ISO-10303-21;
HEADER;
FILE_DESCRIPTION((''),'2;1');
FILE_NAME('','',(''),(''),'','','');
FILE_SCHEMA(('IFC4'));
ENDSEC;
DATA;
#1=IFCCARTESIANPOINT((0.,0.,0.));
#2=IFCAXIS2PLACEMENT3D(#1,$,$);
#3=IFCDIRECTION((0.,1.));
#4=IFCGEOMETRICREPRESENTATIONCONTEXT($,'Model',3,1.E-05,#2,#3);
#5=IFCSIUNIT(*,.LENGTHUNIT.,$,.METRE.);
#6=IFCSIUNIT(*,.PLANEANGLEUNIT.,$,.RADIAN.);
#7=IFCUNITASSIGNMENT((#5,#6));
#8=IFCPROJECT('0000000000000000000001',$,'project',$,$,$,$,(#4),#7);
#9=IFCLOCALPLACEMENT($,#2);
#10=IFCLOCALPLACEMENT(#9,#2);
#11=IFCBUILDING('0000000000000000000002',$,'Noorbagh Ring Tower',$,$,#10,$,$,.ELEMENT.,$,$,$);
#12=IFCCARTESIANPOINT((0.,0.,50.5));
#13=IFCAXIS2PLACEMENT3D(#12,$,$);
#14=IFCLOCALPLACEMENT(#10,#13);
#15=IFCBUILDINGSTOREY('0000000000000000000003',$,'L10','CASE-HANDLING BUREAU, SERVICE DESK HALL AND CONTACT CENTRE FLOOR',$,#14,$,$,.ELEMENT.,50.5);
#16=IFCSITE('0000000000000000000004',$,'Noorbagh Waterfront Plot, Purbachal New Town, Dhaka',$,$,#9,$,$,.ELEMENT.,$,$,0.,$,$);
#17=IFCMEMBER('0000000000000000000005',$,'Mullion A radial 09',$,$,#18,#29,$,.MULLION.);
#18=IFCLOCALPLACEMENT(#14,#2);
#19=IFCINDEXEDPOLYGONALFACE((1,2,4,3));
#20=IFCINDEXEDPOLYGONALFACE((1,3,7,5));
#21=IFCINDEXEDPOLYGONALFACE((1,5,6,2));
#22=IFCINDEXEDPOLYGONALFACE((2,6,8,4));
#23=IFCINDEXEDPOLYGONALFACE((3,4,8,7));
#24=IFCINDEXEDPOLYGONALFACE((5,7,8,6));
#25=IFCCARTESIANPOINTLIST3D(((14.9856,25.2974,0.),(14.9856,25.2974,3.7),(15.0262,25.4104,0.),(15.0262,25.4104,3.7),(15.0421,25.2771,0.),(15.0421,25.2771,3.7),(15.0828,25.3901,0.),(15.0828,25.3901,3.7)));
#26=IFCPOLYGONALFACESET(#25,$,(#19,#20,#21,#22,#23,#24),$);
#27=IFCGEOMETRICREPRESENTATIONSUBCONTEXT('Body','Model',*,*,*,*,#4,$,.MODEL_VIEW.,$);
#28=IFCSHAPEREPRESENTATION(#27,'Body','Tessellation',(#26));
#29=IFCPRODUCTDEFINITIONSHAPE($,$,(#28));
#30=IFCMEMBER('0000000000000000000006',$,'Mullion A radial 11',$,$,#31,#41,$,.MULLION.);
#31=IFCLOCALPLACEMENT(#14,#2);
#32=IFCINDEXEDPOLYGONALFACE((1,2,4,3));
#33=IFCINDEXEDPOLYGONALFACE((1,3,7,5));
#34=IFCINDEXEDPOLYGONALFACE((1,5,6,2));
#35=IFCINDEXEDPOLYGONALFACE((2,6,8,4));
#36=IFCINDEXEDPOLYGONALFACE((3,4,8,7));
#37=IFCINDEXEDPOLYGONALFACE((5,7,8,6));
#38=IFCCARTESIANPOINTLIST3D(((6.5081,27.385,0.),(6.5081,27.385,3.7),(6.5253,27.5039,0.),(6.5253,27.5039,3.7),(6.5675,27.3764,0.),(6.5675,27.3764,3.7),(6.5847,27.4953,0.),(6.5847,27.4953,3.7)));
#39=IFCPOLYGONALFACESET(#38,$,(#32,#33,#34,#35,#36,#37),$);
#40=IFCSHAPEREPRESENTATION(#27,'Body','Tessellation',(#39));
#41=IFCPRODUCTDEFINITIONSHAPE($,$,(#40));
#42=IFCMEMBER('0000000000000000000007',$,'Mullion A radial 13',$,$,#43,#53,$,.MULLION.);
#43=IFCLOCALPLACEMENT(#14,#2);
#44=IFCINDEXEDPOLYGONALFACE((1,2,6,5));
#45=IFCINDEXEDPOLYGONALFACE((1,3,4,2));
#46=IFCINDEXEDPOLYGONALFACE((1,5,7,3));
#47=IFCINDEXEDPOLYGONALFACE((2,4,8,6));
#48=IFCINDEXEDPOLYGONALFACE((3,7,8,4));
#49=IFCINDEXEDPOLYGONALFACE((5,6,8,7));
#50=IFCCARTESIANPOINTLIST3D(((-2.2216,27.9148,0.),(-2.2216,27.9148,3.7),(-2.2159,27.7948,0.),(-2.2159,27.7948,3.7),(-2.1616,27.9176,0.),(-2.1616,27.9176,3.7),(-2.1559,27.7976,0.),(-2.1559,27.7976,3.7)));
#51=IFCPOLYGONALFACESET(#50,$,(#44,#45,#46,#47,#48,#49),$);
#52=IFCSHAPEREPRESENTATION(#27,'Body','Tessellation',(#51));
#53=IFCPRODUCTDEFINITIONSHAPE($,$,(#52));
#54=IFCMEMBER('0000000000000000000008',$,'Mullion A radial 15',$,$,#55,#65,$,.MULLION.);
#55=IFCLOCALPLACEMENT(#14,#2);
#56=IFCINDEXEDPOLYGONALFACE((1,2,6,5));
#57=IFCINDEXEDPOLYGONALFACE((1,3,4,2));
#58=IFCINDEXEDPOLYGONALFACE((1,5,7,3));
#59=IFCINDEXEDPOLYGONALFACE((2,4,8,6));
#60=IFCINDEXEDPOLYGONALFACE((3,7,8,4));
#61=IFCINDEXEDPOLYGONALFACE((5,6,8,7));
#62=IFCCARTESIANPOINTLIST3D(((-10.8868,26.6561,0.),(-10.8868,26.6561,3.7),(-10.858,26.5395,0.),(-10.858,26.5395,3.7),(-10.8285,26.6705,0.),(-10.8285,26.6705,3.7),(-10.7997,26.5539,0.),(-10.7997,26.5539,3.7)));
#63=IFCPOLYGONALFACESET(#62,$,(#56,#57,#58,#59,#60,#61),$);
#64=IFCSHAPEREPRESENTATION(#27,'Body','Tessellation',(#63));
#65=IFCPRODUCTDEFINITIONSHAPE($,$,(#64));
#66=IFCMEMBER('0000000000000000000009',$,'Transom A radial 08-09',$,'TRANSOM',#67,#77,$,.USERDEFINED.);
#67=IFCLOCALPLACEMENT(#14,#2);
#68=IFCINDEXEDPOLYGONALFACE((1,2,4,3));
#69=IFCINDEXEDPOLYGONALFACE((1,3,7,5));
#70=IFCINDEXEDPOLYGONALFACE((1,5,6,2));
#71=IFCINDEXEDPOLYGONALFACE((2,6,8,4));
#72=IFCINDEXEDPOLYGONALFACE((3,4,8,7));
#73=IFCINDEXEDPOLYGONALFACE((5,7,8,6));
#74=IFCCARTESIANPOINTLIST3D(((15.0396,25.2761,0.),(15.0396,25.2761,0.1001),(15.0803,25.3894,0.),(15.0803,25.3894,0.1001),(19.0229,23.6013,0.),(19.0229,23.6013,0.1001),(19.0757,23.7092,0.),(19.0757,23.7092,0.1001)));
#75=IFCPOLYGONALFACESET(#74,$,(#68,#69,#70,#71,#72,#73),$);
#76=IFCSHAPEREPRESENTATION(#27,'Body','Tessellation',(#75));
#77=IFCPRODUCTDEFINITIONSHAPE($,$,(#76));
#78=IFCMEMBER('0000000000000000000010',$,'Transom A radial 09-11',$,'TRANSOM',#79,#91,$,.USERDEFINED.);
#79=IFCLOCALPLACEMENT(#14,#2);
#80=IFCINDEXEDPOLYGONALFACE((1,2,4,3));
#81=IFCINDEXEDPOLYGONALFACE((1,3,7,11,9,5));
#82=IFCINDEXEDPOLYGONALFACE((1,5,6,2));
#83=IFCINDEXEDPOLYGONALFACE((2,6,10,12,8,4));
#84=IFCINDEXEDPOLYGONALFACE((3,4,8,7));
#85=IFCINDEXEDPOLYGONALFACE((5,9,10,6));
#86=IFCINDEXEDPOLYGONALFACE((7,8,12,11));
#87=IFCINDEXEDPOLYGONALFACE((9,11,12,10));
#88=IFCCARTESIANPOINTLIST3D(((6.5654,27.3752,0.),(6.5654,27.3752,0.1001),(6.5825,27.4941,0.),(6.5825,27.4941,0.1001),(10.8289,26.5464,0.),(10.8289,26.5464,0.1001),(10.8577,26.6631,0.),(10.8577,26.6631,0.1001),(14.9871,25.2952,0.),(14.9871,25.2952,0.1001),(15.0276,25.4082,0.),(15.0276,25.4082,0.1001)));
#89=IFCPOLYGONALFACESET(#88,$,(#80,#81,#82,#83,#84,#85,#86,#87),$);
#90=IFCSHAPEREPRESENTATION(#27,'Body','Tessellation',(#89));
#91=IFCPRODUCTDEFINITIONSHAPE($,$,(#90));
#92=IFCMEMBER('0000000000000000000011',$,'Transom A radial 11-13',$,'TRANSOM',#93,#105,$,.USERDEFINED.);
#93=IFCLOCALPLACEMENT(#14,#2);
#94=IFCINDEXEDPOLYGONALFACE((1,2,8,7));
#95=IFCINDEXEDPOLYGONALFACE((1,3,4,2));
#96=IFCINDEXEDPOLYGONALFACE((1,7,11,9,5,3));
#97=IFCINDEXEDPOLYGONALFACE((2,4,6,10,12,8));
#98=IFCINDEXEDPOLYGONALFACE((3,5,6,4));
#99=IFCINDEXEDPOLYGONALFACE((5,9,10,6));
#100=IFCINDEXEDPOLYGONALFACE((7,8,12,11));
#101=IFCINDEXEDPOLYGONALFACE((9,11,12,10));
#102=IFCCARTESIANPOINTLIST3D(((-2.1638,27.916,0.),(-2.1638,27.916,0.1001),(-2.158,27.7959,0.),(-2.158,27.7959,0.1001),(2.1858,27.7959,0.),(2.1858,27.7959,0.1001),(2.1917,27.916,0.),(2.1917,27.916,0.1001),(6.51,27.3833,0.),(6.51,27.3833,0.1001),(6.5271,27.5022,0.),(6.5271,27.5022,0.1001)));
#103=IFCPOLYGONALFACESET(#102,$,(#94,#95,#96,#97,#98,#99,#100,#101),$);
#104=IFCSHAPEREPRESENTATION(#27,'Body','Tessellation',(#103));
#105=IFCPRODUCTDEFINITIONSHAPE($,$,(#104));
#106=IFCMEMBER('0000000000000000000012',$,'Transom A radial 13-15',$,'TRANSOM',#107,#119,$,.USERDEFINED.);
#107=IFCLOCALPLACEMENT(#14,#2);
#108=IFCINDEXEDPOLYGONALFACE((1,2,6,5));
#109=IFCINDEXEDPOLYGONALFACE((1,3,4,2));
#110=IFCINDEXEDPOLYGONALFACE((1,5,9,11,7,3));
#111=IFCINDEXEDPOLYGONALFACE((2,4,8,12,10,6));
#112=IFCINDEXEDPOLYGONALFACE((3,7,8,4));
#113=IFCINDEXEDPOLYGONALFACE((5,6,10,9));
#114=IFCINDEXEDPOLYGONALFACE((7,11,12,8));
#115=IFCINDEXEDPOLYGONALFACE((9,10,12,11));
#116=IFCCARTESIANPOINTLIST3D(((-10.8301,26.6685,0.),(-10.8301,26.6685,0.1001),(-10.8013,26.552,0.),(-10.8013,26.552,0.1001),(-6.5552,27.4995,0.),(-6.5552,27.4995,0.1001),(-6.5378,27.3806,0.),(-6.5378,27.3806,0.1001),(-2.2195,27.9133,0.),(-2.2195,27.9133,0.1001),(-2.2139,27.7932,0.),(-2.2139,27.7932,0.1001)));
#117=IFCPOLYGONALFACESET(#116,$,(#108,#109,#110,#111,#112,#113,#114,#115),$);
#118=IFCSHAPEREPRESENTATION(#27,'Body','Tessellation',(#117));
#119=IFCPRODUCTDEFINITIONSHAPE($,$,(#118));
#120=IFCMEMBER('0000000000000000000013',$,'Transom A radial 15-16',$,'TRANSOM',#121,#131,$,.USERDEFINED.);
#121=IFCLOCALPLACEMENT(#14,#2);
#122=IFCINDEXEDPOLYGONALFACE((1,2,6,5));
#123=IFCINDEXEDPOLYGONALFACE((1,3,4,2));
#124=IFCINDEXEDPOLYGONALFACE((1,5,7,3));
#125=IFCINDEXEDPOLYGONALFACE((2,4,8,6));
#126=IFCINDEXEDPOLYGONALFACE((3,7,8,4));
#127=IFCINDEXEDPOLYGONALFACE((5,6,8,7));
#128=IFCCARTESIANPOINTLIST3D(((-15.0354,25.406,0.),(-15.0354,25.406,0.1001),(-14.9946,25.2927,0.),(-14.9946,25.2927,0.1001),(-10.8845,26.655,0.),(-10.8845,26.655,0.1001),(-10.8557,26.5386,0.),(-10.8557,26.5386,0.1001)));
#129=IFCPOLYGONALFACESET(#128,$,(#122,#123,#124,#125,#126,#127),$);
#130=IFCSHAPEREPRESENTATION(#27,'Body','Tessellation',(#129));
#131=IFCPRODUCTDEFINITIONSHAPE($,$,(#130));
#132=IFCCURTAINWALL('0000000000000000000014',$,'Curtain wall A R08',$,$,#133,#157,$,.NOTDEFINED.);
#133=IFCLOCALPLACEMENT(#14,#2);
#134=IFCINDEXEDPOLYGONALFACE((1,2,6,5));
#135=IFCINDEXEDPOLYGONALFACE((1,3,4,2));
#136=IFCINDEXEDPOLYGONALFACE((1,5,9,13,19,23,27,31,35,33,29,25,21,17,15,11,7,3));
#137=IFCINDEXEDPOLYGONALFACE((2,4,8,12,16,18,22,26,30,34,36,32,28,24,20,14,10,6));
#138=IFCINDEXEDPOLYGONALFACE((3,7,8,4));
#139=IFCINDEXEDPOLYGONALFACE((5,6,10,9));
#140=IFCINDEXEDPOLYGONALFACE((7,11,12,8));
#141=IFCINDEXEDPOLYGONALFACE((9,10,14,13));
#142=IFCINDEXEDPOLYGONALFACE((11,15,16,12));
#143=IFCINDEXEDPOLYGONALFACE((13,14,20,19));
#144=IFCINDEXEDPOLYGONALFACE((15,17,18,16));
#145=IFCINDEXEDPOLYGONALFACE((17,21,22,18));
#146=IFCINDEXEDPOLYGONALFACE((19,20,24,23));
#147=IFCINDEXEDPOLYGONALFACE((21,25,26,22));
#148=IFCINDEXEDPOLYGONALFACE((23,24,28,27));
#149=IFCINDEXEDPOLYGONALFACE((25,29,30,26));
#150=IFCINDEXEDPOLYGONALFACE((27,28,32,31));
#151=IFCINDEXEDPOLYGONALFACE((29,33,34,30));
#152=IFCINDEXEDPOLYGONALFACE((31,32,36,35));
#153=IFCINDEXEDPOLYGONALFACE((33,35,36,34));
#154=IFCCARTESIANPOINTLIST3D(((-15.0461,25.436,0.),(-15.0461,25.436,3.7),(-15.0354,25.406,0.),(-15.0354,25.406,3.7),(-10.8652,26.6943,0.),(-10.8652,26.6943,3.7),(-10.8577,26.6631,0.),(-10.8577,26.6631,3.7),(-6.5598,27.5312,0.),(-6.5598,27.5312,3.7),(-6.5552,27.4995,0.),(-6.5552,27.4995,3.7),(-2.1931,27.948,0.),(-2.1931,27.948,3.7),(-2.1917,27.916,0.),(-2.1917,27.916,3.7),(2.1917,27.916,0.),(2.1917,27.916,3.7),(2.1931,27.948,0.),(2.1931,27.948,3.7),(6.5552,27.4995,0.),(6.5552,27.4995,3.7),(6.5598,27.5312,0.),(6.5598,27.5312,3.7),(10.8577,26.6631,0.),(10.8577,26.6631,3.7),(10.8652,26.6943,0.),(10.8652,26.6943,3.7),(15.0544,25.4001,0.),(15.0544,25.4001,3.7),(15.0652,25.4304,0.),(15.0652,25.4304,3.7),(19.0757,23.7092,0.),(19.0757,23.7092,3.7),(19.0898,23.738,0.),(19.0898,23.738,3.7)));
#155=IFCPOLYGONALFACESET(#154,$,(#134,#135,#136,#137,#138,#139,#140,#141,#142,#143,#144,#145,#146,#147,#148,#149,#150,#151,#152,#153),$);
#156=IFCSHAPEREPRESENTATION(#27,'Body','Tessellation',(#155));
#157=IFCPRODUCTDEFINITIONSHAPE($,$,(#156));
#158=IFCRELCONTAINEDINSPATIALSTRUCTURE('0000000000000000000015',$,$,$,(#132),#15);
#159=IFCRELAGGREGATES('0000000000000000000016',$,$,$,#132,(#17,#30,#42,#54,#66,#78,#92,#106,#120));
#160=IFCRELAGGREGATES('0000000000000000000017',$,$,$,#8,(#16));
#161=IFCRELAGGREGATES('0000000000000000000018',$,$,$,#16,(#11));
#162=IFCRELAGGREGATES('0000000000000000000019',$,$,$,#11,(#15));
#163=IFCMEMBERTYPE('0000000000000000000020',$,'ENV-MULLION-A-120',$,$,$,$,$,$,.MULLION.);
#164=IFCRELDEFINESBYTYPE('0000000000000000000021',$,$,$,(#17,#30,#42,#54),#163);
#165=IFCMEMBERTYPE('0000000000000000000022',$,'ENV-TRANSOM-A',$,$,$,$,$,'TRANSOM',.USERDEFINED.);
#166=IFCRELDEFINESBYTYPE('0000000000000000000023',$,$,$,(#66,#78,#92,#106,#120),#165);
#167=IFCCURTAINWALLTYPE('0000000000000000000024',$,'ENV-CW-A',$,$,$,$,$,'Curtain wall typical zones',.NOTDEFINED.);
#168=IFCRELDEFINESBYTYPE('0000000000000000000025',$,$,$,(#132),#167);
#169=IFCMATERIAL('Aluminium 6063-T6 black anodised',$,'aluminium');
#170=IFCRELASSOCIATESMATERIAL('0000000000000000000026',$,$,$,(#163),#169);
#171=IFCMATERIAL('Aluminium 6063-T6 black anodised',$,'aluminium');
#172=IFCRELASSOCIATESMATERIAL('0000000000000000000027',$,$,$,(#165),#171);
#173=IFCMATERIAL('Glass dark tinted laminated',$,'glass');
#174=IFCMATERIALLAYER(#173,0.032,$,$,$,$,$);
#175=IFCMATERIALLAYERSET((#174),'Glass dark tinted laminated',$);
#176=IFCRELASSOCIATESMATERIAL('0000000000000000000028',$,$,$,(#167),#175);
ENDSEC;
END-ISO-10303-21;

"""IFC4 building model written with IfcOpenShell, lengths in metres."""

from ifc_helpers import new_model, si_unit, direction, frame, origin, origin_2d, place, context, subcontext, project, spatial, polyline, rectangle, outline, extrude, material, layer, layer_set, material_profile, profile_set, type_object, element, aggregate, save


model = new_model("IFC4")

# Units and contexts
model_context = context("Model", 3, precision=1e-05, world=origin(), true_north=direction((0.0, 1.0)))
body_context = subcontext(model_context, "Body", "Model", "MODEL_VIEW")
ifc_project = project(units=[si_unit("LENGTHUNIT", "METRE"), si_unit("PLANEANGLEUNIT", "RADIAN")], contexts=[model_context])

# Members
ifc_material_1 = material(Name="Aluminium 6063-T6 black anodised", Category="aluminium")
ifc_material_profile = material_profile(ifc_material_1, rectangle(XDim=0.1201, YDim=0.0601, at=origin_2d()), Name="120x60")
ifc_profile_set = profile_set([ifc_material_profile], Name="Aluminium 6063-T6 black anodised")
member_type_1 = type_object("IfcMemberType", Name="ENV-MULLION-A-120", PredefinedType="MULLION", material=ifc_profile_set)
site_placement = place(None, origin())
building_placement = place(site_placement, origin())
storey_placement = place(building_placement, frame((0.0, 0.0, 50.5)))
member_1_placement = place(storey_placement, frame((15.0342, 25.3438, 0.0), z_axis=(0.0, 0.0, 1.0), x_axis=(-0.338379, -0.94101, 0.0)))
member_1 = element("IfcMember", 1, at=member_1_placement, type_object=member_type_1, Name="Mullion A radial 09", PredefinedType="MULLION", context=body_context, shape_type="SweptSolid", body=[
    extrude(rectangle(XDim=0.1201, YDim=0.0601, at=origin_2d()), origin(), (0.0, 0.0, 1.0), 3.7),
])
member_2_placement = place(storey_placement, frame((6.5464, 27.4402, 0.0), z_axis=(0.0, 0.0, 1.0), x_axis=(-0.143082, -0.989711, 0.0)))
member_2 = element("IfcMember", 2, at=member_2_placement, type_object=member_type_1, Name="Mullion A radial 11", PredefinedType="MULLION", context=body_context, shape_type="SweptSolid", body=[
    extrude(rectangle(XDim=0.1201, YDim=0.0601, at=origin_2d()), origin(), (0.0, 0.0, 1.0), 3.7),
])
member_3_placement = place(storey_placement, frame((-2.1887, 27.8562, 0.0), z_axis=(0.0, 0.0, 1.0), x_axis=(0.047558, -0.998868, 0.0)))
member_3 = element("IfcMember", 3, at=member_3_placement, type_object=member_type_1, Name="Mullion A radial 13", PredefinedType="MULLION", context=body_context, shape_type="SweptSolid", body=[
    extrude(rectangle(XDim=0.1201, YDim=0.0601, at=origin_2d()), origin(), (0.0, 0.0, 1.0), 3.7),
])
member_4_placement = place(storey_placement, frame((-10.8433, 26.605, 0.0), z_axis=(0.0, 0.0, 1.0), x_axis=(0.239799, -0.970823, 0.0)))
member_4 = element("IfcMember", 4, at=member_4_placement, type_object=member_type_1, Name="Mullion A radial 15", PredefinedType="MULLION", context=body_context, shape_type="SweptSolid", body=[
    extrude(rectangle(XDim=0.1201, YDim=0.0601, at=origin_2d()), origin(), (0.0, 0.0, 1.0), 3.7),
])
ifc_material_2 = material(Name="Aluminium 6063-T6 black anodised", Category="aluminium")
member_type_2 = type_object("IfcMemberType", Name="ENV-TRANSOM-A", ElementType="TRANSOM", PredefinedType="USERDEFINED", material=ifc_material_2)
member_5_placement = place(storey_placement, origin())
member_5 = element("IfcMember", 5, at=member_5_placement, type_object=member_type_2, Name="Transom A radial 08-09", ObjectType="TRANSOM", PredefinedType="USERDEFINED", context=body_context, shape_type="SweptSolid", body=[
    extrude(outline(polyline([(19.0757, 23.7092), (15.0803, 25.3894), (15.0396, 25.2761), (19.0229, 23.6013), (19.0757, 23.7092)])), origin(), (0.0, 0.0, 1.0), 0.1001),
])
member_6_placement = place(storey_placement, origin())
member_6 = element("IfcMember", 6, at=member_6_placement, type_object=member_type_2, Name="Transom A radial 09-11", ObjectType="TRANSOM", PredefinedType="USERDEFINED", context=body_context, shape_type="SweptSolid", body=[
    extrude(outline(polyline([(15.0276, 25.4082), (10.8577, 26.6631), (6.5825, 27.4941), (6.5654, 27.3752), (10.8289, 26.5464), (14.9871, 25.2952), (15.0276, 25.4082)])), origin(), (0.0, 0.0, 1.0), 0.1001),
])
member_7_placement = place(storey_placement, origin())
member_7 = element("IfcMember", 7, at=member_7_placement, type_object=member_type_2, Name="Transom A radial 11-13", ObjectType="TRANSOM", PredefinedType="USERDEFINED", context=body_context, shape_type="SweptSolid", body=[
    extrude(outline(polyline([(6.5271, 27.5022), (2.1917, 27.916), (-2.1638, 27.916), (-2.158, 27.7959), (2.1858, 27.7959), (6.51, 27.3833), (6.5271, 27.5022)])), origin(), (0.0, 0.0, 1.0), 0.1001),
])
member_8_placement = place(storey_placement, origin())
member_8 = element("IfcMember", 8, at=member_8_placement, type_object=member_type_2, Name="Transom A radial 13-15", ObjectType="TRANSOM", PredefinedType="USERDEFINED", context=body_context, shape_type="SweptSolid", body=[
    extrude(outline(polyline([(-2.2195, 27.9133), (-6.5552, 27.4995), (-10.8301, 26.6685), (-10.8013, 26.552), (-6.5378, 27.3806), (-2.2139, 27.7932), (-2.2195, 27.9133)])), origin(), (0.0, 0.0, 1.0), 0.1001),
])
member_9_placement = place(storey_placement, origin())
member_9 = element("IfcMember", 9, at=member_9_placement, type_object=member_type_2, Name="Transom A radial 15-16", ObjectType="TRANSOM", PredefinedType="USERDEFINED", context=body_context, shape_type="SweptSolid", body=[
    extrude(outline(polyline([(-10.8845, 26.655), (-15.0354, 25.406), (-14.9946, 25.2927), (-10.8557, 26.5386), (-10.8845, 26.655)])), origin(), (0.0, 0.0, 1.0), 0.1001),
])

# Site, building, storey
site = spatial("IfcSite", under=ifc_project, at=site_placement, Name="Noorbagh Waterfront Plot, Purbachal New Town, Dhaka", CompositionType="ELEMENT", RefElevation=0.0)
building = spatial("IfcBuilding", under=site, at=building_placement, Name="Noorbagh Ring Tower", CompositionType="ELEMENT")
storey = spatial("IfcBuildingStorey", under=building, at=storey_placement, Name="L10", Description="CASE-HANDLING BUREAU, SERVICE DESK HALL AND CONTACT CENTRE FLOOR", CompositionType="ELEMENT", Elevation=50.5)

# Curtain wall
ifc_material_3 = material(Name="Glass dark tinted laminated", Category="glass")
ifc_layer = layer(ifc_material_3, 0.032)
ifc_layer_set = layer_set([ifc_layer], Name="Glass dark tinted laminated")
curtain_wall_type = type_object("IfcCurtainWallType", Name="ENV-CW-A", ElementType="Curtain wall typical zones", PredefinedType="NOTDEFINED", material=ifc_layer_set)
curtain_wall_1_placement = place(storey_placement, origin())
curtain_wall_1 = element("IfcCurtainWall", 10, at=curtain_wall_1_placement, inside=storey, type_object=curtain_wall_type, Name="Curtain wall A R08", PredefinedType="NOTDEFINED", context=body_context, shape_type="SweptSolid", body=[
    extrude(outline(polyline([(19.0898, 23.738), (15.0652, 25.4304), (10.8652, 26.6943), (6.5598, 27.5312), (2.1931, 27.948), (-2.1931, 27.948), (-6.5598, 27.5312), (-10.8652, 26.6943), (-15.0461, 25.436), (-15.0354, 25.406), (-10.8577, 26.6631), (-6.5552, 27.4995), (-2.1917, 27.916), (2.1917, 27.916), (6.5552, 27.4995), (10.8577, 26.6631), (15.0544, 25.4001), (19.0757, 23.7092), (19.0898, 23.738)])), origin(), (0.0, 0.0, 1.0), 3.7),
])
aggregate(curtain_wall_1, [member_1, member_2, member_3, member_4, member_5, member_6, member_7, member_8, member_9])

save(model, "model.ifc")
